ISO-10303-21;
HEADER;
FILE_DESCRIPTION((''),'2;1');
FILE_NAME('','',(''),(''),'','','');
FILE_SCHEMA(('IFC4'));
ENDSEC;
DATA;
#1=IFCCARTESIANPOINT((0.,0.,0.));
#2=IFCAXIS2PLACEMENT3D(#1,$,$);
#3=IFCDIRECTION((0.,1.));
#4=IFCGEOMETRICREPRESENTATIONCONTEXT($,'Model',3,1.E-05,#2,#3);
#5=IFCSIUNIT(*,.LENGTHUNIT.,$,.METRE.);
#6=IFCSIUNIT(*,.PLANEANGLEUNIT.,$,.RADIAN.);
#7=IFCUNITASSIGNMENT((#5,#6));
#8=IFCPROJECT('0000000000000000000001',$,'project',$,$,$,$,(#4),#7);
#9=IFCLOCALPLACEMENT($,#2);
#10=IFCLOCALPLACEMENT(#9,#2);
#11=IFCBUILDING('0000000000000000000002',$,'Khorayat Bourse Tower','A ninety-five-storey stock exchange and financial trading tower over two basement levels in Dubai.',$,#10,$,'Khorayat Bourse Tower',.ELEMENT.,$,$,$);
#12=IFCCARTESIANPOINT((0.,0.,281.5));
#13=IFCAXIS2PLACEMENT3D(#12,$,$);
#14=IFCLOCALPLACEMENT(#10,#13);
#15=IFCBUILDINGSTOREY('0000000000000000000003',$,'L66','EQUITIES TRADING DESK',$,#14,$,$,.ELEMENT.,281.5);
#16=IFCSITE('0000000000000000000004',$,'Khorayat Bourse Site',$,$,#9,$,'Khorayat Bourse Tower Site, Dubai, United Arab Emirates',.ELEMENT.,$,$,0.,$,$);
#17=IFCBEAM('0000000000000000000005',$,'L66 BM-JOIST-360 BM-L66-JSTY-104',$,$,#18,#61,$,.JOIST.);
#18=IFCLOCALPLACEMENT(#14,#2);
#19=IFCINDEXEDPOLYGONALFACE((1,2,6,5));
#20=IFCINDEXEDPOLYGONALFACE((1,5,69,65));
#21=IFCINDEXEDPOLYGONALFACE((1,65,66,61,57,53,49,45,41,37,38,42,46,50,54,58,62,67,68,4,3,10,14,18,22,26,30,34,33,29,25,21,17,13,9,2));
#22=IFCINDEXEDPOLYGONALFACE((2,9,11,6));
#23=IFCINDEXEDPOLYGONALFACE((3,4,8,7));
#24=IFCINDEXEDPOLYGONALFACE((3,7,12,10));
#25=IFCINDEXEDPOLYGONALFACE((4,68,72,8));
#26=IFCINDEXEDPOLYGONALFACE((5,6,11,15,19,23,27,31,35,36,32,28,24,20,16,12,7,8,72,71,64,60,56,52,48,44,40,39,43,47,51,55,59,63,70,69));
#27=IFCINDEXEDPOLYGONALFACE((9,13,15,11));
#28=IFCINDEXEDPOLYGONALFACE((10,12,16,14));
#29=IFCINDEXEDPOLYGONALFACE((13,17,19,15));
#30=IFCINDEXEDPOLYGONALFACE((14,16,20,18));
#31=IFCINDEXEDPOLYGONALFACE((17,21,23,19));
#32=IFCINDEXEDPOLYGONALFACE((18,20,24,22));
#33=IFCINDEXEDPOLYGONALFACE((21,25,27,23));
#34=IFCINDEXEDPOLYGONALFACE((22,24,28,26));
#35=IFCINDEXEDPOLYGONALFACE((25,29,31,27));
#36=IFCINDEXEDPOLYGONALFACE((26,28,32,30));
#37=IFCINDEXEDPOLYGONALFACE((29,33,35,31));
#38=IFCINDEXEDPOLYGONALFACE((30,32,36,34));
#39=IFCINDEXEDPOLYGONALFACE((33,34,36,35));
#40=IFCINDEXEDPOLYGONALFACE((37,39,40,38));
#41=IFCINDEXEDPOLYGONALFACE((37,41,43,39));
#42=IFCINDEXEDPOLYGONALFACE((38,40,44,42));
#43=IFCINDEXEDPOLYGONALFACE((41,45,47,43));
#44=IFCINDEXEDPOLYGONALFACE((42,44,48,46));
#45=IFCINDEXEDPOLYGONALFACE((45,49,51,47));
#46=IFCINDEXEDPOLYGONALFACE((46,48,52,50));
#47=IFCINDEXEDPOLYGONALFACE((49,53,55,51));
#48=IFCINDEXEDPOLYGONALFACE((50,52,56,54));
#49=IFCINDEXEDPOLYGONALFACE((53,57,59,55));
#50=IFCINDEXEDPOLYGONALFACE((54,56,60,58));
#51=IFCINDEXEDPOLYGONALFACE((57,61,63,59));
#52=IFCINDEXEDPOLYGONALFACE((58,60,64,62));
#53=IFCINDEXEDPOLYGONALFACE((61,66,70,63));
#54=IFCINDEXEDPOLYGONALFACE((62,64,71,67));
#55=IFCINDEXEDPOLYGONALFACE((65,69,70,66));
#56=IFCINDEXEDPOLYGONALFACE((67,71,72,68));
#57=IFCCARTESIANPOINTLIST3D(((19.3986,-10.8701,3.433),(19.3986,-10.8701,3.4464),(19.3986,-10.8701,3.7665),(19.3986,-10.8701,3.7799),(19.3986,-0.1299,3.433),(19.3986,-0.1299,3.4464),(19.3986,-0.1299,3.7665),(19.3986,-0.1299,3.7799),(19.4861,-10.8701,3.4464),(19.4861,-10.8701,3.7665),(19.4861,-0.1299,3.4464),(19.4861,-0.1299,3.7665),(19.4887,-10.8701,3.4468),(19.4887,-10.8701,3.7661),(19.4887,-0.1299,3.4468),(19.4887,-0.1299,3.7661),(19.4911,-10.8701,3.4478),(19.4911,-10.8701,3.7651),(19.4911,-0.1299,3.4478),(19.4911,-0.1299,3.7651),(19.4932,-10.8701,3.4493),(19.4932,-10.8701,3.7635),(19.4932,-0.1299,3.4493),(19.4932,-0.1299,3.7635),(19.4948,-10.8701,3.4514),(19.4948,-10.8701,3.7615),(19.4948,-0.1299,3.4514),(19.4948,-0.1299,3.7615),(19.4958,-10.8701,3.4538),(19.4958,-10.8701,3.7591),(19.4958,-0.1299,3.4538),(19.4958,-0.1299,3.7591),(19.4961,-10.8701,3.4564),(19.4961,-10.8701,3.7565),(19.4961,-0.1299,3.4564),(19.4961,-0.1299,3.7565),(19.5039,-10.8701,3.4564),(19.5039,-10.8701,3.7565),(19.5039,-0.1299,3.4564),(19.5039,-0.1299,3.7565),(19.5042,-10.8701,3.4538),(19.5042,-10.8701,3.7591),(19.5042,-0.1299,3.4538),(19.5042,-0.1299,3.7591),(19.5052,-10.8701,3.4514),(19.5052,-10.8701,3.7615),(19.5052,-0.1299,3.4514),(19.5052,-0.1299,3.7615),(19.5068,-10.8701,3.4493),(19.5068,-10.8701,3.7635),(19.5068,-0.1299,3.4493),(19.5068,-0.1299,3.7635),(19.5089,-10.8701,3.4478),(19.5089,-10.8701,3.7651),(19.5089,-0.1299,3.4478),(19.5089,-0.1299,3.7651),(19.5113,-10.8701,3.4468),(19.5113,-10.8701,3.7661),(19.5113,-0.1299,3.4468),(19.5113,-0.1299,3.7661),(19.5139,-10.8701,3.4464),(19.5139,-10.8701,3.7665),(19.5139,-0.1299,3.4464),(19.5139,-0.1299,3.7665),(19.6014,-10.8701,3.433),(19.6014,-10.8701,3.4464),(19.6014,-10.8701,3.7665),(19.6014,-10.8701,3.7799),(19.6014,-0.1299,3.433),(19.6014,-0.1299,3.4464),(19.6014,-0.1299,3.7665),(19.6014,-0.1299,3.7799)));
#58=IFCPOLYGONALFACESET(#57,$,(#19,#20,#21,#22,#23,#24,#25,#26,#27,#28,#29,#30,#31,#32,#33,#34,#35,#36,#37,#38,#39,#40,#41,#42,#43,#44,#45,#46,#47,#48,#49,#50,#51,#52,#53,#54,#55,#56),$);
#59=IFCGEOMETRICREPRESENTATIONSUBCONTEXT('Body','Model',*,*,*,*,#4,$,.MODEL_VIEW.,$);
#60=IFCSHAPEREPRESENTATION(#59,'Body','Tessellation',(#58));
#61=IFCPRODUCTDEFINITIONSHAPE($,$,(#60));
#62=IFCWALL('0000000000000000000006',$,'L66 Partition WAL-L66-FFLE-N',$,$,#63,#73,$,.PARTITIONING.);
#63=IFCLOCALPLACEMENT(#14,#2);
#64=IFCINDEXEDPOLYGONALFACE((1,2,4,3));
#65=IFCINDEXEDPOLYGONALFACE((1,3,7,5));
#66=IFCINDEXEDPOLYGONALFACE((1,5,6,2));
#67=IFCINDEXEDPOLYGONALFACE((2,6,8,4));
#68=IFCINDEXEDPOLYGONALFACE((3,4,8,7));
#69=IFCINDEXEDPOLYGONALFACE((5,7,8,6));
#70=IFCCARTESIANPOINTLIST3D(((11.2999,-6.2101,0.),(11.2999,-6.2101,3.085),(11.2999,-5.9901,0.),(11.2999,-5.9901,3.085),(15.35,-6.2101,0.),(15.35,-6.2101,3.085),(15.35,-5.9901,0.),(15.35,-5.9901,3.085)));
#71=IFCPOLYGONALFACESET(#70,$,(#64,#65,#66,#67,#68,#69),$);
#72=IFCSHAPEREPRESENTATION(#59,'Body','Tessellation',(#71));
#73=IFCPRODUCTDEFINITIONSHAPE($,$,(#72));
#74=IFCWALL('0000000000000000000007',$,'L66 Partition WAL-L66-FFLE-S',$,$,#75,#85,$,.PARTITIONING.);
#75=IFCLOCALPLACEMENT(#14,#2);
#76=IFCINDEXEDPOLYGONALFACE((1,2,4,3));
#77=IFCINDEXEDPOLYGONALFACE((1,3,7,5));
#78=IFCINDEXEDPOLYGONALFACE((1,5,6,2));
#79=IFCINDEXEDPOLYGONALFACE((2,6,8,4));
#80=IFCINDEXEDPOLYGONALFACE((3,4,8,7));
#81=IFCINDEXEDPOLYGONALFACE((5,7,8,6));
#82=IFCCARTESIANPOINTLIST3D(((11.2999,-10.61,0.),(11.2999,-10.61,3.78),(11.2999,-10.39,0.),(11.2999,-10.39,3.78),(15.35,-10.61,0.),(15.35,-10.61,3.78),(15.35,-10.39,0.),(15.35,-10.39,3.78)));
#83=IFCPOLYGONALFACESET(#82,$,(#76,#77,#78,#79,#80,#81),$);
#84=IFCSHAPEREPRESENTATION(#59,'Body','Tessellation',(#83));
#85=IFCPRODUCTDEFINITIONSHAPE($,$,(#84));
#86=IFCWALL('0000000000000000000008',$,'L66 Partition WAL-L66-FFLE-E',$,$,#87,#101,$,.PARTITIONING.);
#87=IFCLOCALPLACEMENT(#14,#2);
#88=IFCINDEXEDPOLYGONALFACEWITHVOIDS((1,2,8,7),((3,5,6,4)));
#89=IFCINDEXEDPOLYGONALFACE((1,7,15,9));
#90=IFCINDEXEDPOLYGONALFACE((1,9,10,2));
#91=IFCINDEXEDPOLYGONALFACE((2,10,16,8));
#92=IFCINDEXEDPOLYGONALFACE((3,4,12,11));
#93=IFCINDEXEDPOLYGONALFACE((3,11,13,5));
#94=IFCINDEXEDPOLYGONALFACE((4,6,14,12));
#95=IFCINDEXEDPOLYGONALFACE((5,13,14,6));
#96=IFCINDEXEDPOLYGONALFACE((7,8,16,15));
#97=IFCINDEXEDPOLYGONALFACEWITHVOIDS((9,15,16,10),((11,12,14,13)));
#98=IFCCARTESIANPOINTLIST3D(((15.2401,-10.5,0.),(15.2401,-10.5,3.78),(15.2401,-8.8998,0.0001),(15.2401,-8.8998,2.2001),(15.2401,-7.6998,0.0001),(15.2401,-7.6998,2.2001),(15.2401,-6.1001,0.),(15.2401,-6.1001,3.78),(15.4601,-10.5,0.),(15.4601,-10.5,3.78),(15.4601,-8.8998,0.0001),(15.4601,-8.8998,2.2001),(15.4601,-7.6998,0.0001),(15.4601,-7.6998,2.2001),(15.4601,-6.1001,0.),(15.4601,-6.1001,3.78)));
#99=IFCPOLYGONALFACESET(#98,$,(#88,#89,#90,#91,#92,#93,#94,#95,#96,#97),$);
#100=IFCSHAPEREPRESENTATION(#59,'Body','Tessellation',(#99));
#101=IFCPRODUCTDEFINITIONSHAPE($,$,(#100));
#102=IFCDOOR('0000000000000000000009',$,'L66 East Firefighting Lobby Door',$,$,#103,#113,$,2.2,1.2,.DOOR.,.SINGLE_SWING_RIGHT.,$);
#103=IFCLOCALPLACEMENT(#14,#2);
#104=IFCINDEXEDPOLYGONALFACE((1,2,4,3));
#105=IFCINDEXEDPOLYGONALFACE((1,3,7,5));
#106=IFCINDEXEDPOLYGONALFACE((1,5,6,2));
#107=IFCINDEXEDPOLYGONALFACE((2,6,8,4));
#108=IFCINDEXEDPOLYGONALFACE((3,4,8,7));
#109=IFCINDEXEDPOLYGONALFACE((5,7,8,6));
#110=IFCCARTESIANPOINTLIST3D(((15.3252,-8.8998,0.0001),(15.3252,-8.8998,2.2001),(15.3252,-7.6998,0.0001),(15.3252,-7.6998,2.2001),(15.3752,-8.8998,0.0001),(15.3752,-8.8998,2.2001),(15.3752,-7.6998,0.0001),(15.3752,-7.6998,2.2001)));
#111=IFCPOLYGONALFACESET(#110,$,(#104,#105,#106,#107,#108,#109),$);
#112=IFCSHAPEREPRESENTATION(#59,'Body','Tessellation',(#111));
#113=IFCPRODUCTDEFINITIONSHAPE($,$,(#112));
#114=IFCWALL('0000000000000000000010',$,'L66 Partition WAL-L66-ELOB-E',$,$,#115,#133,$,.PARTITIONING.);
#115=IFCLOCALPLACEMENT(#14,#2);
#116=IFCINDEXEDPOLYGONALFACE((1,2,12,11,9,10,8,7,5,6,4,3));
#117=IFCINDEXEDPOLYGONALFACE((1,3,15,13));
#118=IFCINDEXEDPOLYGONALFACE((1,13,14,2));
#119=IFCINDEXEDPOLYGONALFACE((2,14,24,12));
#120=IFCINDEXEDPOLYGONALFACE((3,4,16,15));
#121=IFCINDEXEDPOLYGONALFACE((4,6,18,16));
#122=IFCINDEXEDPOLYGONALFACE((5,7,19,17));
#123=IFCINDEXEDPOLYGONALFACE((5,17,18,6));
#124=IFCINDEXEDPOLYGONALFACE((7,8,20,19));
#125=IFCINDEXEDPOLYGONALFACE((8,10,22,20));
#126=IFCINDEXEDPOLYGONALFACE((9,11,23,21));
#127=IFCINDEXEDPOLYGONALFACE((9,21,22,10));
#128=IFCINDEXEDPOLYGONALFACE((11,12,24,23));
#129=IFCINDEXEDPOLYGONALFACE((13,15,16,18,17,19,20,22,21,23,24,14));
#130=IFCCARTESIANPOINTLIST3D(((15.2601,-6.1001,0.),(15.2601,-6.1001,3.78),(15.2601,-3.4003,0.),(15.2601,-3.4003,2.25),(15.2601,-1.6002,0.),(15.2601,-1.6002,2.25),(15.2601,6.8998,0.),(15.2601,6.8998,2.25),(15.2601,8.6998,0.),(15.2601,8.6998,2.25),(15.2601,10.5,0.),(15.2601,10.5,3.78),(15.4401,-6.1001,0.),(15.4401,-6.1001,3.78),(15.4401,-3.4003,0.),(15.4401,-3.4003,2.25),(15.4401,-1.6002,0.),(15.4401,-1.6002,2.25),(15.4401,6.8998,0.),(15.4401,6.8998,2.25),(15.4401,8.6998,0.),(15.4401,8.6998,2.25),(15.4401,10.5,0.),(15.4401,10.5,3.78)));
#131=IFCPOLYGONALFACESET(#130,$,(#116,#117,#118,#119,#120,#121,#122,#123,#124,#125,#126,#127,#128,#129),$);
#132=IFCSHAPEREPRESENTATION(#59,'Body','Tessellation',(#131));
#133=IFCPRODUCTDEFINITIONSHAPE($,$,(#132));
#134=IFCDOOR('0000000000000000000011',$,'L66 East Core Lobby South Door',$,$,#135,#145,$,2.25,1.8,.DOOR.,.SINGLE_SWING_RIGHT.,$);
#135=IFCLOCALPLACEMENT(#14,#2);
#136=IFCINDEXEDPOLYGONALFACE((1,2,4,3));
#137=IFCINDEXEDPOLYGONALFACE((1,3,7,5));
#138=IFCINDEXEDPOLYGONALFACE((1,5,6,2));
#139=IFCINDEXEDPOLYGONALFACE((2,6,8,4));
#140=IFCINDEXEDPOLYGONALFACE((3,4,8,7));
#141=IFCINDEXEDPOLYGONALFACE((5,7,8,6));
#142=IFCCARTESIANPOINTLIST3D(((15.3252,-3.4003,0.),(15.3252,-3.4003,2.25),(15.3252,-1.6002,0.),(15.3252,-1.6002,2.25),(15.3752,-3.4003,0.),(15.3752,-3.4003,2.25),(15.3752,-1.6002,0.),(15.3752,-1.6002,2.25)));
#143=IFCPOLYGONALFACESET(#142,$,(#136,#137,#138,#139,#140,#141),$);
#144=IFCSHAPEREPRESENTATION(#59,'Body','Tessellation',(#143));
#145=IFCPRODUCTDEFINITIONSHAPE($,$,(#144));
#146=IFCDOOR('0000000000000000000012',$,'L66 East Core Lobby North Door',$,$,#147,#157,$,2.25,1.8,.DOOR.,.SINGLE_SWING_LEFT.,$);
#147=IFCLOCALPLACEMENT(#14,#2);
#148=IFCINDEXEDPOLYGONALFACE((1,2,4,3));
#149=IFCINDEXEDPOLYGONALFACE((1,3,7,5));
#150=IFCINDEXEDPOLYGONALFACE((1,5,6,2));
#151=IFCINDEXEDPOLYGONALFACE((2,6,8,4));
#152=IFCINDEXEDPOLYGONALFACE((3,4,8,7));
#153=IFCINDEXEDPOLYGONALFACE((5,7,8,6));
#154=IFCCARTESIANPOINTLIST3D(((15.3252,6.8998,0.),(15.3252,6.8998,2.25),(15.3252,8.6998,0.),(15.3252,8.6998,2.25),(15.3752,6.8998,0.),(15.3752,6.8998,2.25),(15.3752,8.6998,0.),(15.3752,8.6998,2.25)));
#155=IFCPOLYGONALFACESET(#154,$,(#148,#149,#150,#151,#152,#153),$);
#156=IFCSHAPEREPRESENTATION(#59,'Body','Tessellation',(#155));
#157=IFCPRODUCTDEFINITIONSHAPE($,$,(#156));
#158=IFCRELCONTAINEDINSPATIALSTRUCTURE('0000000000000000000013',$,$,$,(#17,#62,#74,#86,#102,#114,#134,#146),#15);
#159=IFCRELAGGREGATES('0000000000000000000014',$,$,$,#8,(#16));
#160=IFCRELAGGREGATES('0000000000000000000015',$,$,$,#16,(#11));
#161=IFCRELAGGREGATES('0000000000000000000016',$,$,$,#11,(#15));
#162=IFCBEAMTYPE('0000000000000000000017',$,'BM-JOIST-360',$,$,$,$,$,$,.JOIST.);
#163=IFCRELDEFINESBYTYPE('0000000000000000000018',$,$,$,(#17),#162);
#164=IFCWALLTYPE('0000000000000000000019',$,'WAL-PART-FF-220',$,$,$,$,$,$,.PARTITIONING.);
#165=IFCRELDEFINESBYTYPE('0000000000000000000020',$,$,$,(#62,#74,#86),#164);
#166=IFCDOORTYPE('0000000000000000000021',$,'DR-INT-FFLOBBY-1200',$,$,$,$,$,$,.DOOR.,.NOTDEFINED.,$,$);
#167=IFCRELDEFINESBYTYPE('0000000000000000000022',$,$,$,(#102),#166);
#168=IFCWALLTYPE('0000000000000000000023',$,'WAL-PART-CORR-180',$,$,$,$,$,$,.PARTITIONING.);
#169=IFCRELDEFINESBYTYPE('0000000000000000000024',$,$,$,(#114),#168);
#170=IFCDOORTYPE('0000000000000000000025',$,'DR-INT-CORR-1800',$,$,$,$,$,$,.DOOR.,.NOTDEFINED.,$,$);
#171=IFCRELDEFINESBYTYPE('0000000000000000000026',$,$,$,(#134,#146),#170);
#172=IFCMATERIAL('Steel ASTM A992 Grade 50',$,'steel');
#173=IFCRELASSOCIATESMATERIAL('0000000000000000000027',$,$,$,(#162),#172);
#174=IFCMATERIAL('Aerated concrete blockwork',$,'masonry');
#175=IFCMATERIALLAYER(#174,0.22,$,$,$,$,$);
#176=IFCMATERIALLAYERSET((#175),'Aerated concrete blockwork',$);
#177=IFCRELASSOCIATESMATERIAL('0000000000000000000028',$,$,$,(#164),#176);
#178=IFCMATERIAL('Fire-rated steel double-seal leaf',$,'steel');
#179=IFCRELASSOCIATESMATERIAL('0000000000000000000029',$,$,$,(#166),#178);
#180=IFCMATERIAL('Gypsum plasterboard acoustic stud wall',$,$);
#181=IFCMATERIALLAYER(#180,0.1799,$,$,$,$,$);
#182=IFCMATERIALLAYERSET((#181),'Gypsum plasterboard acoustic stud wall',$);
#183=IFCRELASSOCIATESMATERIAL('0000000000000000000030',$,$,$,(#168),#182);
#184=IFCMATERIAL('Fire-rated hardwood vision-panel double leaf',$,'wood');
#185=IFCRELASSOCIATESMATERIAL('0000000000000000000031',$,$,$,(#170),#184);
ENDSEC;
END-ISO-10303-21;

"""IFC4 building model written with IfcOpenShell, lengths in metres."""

from ifc_helpers import new_model, si_unit, direction, frame, frame_2d, origin, origin_2d, place, context, subcontext, project, spatial, rectangle, i_section, extrude, source, transform, mapped, material, layer, layer_set, material_profile, profile_set, type_object, element, fill, save


model = new_model("IFC4")

# Units and contexts
model_context = context("Model", 3, precision=1e-05, world=origin(), true_north=direction((0.0, 1.0)))
body_context = subcontext(model_context, "Body", "Model", "MODEL_VIEW")
ifc_project = project(units=[si_unit("LENGTHUNIT", "METRE"), si_unit("PLANEANGLEUNIT", "RADIAN")], contexts=[model_context])

# Site, building, storey
site_placement = place(None, origin())
site = spatial("IfcSite", under=ifc_project, at=site_placement, Name="Khorayat Bourse Site", LongName="Khorayat Bourse Tower Site, Dubai, United Arab Emirates", CompositionType="ELEMENT", RefElevation=0.0)
building_placement = place(site_placement, origin())
building = spatial("IfcBuilding", under=site, at=building_placement, Name="Khorayat Bourse Tower", Description="A ninety-five-storey stock exchange and financial trading tower over two basement levels in Dubai.", LongName="Khorayat Bourse Tower", CompositionType="ELEMENT")
storey_placement = place(building_placement, frame((0.0, 0.0, 281.5)))
storey = spatial("IfcBuildingStorey", under=building, at=storey_placement, Name="L66", Description="EQUITIES TRADING DESK", CompositionType="ELEMENT", Elevation=281.5)

# Beam
ifc_material_1 = material(Name="Steel ASTM A992 Grade 50", Category="steel")
ifc_material_profile_1 = material_profile(ifc_material_1, i_section(OverallWidth=0.2029, OverallDepth=0.3469, WebThickness=0.0078, FlangeThickness=0.0134, FilletRadius=0.01, at=origin_2d()), Name="W360X64")
ifc_profile_set_1 = profile_set([ifc_material_profile_1], Name="Steel ASTM A992 Grade 50")
beam_type_1 = type_object("IfcBeamType", Name="BM-JOIST-360", PredefinedType="JOIST", material=ifc_profile_set_1)
shared_shape_1 = source(origin(), body_context, "Body", "SweptSolid", [
    extrude(i_section(OverallWidth=0.2029, OverallDepth=0.3469, WebThickness=0.0078, FlangeThickness=0.0134, FilletRadius=0.01, at=origin_2d()), origin(), (0.0, 0.0, 1.0), 10.7402),
])
beam_1_placement = place(storey_placement, frame((19.5, -10.8701, 3.6064), z_axis=(0.0, 1.0, 0.0), x_axis=(-1.0, 0.0, 0.0)))
element("IfcBeam", 1, at=beam_1_placement, inside=storey, type_object=beam_type_1, Name="L66 BM-JOIST-360 BM-L66-JSTY-104", PredefinedType="JOIST", context=body_context, shape_type="MappedRepresentation", body=[
    mapped(shared_shape_1, transform((0.0, 0.0, 0.0), scale=1.0)),
])

# Walls
ifc_material_2 = material(Name="Aerated concrete blockwork", Category="masonry")
ifc_layer_1 = layer(ifc_material_2, 0.22)
ifc_layer_set_1 = layer_set([ifc_layer_1], Name="Aerated concrete blockwork")
wall_type_1 = type_object("IfcWallType", Name="WAL-PART-FF-220", PredefinedType="PARTITIONING", material=ifc_layer_set_1)
shared_shape_2 = source(origin(), body_context, "Body", "SweptSolid", [
    extrude(rectangle(XDim=4.05, YDim=0.22, at=frame_2d((2.0249, 0.0))), origin(), (0.0, 0.0, 1.0), 3.085),
])
wall_1_placement = place(storey_placement, frame((11.3, -6.1001, 0.0), z_axis=(0.0, 0.0, 1.0), x_axis=(1.0, 0.0, 0.0)))
element("IfcWall", 2, at=wall_1_placement, inside=storey, type_object=wall_type_1, Name="L66 Partition WAL-L66-FFLE-N", PredefinedType="PARTITIONING", context=body_context, shape_type="MappedRepresentation", body=[
    mapped(shared_shape_2, transform((0.0, 0.0, 0.0), scale=1.0)),
])
shared_shape_3 = source(origin(), body_context, "Body", "SweptSolid", [
    extrude(rectangle(XDim=4.05, YDim=0.22, at=frame_2d((2.0249, 0.0))), origin(), (0.0, 0.0, 1.0), 3.78),
])
wall_2_placement = place(storey_placement, frame((11.3, -10.5, 0.0), z_axis=(0.0, 0.0, 1.0), x_axis=(1.0, 0.0, 0.0)))
element("IfcWall", 3, at=wall_2_placement, inside=storey, type_object=wall_type_1, Name="L66 Partition WAL-L66-FFLE-S", PredefinedType="PARTITIONING", context=body_context, shape_type="MappedRepresentation", body=[
    mapped(shared_shape_3, transform((0.0, 0.0, 0.0), scale=1.0)),
])

# Wall, opening, door
shared_shape_4 = source(origin(), body_context, "Body", "SweptSolid", [
    extrude(rectangle(XDim=4.3999, YDim=0.22, at=frame_2d((2.2, 0.0))), origin(), (0.0, 0.0, 1.0), 3.78),
])
wall_3_placement = place(storey_placement, frame((15.3501, -10.5, 0.0), z_axis=(0.0, 0.0, 1.0), x_axis=(0.0, 1.0, 0.0)))
wall_3 = element("IfcWall", 4, at=wall_3_placement, inside=storey, type_object=wall_type_1, Name="L66 Partition WAL-L66-FFLE-E", PredefinedType="PARTITIONING", context=body_context, shape_type="MappedRepresentation", body=[
    mapped(shared_shape_4, transform((0.0, 0.0, 0.0), scale=1.0)),
])
shared_shape_5 = source(origin(), body_context, "Body", "SweptSolid", [
    extrude(rectangle(XDim=1.2, YDim=2.2, at=frame_2d((0.6001, 1.1001))), frame((0.0, 0.1199, 0.0), z_axis=(0.0, -1.0, 0.0), x_axis=(1.0, 0.0, 0.0)), (0.0, 0.0, 1.0), 0.24),
])
opening_1_placement = place(wall_3_placement, frame((1.6001, 0.0, 0.0)))
opening_1 = element("IfcOpeningElement", 5, at=opening_1_placement, cuts=wall_3, PredefinedType="OPENING", context=body_context, shape_type="MappedRepresentation", body=[
    mapped(shared_shape_5, transform((0.0, 0.0, 0.0), scale=1.0)),
])
ifc_material_3 = material(Name="Fire-rated steel double-seal leaf", Category="steel")
door_type_1 = type_object("IfcDoorType", Name="DR-INT-FFLOBBY-1200", OperationType="NOTDEFINED", PredefinedType="DOOR", material=ifc_material_3)
shared_shape_6 = source(origin(), body_context, "Body", "SweptSolid", [
    extrude(rectangle(XDim=1.2, YDim=2.2, at=frame_2d((0.6001, 1.1001))), frame((0.0, 0.0249, 0.0), z_axis=(0.0, -1.0, 0.0), x_axis=(1.0, 0.0, 0.0)), (0.0, 0.0, 1.0), 0.05),
])
door_1_placement = place(opening_1_placement, origin())
door_1 = element("IfcDoor", 6, at=door_1_placement, inside=storey, type_object=door_type_1, Name="L66 East Firefighting Lobby Door", OperationType="SINGLE_SWING_RIGHT", OverallHeight=2.2, OverallWidth=1.2, PredefinedType="DOOR", context=body_context, shape_type="MappedRepresentation", body=[
    mapped(shared_shape_6, transform((0.0, 0.0, 0.0), scale=1.0)),
])
fill(opening_1, door_1)

# Wall, openings, doors
ifc_material_4 = material(Name="Gypsum plasterboard acoustic stud wall")
ifc_layer_2 = layer(ifc_material_4, 0.1799)
ifc_layer_set_2 = layer_set([ifc_layer_2], Name="Gypsum plasterboard acoustic stud wall")
wall_type_2 = type_object("IfcWallType", Name="WAL-PART-CORR-180", PredefinedType="PARTITIONING", material=ifc_layer_set_2)
shared_shape_7 = source(origin(), body_context, "Body", "SweptSolid", [
    extrude(rectangle(XDim=16.6001, YDim=0.1799, at=frame_2d((8.3, 0.0))), origin(), (0.0, 0.0, 1.0), 3.78),
])
wall_4_placement = place(storey_placement, frame((15.3501, -6.1001, 0.0), z_axis=(0.0, 0.0, 1.0), x_axis=(0.0, 1.0, 0.0)))
wall_4 = element("IfcWall", 7, at=wall_4_placement, inside=storey, type_object=wall_type_2, Name="L66 Partition WAL-L66-ELOB-E", PredefinedType="PARTITIONING", context=body_context, shape_type="MappedRepresentation", body=[
    mapped(shared_shape_7, transform((0.0, 0.0, 0.0), scale=1.0)),
])
shared_shape_8 = source(origin(), body_context, "Body", "SweptSolid", [
    extrude(rectangle(XDim=1.8, YDim=2.25, at=frame_2d((0.8999, 1.125))), frame((0.0, 0.0999, 0.0), z_axis=(0.0, -1.0, 0.0), x_axis=(1.0, 0.0, 0.0)), (0.0, 0.0, 1.0), 0.2),
])
opening_2_placement = place(wall_4_placement, frame((2.7, 0.0, 0.0)))
opening_2 = element("IfcOpeningElement", 8, at=opening_2_placement, cuts=wall_4, PredefinedType="OPENING", context=body_context, shape_type="MappedRepresentation", body=[
    mapped(shared_shape_8, transform((0.0, 0.0, 0.0), scale=1.0)),
])
opening_3_placement = place(wall_4_placement, frame((13.0, 0.0, 0.0)))
opening_3 = element("IfcOpeningElement", 9, at=opening_3_placement, cuts=wall_4, PredefinedType="OPENING", context=body_context, shape_type="MappedRepresentation", body=[
    mapped(shared_shape_8, transform((0.0, 0.0, 0.0), scale=1.0)),
])
ifc_material_5 = material(Name="Fire-rated hardwood vision-panel double leaf", Category="wood")
door_type_2 = type_object("IfcDoorType", Name="DR-INT-CORR-1800", OperationType="NOTDEFINED", PredefinedType="DOOR", material=ifc_material_5)
shared_shape_9 = source(origin(), body_context, "Body", "SweptSolid", [
    extrude(rectangle(XDim=1.8, YDim=2.25, at=frame_2d((0.8999, 1.125))), frame((0.0, 0.0249, 0.0), z_axis=(0.0, -1.0, 0.0), x_axis=(1.0, 0.0, 0.0)), (0.0, 0.0, 1.0), 0.05),
])
door_2_placement = place(opening_2_placement, origin())
door_2 = element("IfcDoor", 10, at=door_2_placement, inside=storey, type_object=door_type_2, Name="L66 East Core Lobby South Door", OperationType="SINGLE_SWING_RIGHT", OverallHeight=2.25, OverallWidth=1.8, PredefinedType="DOOR", context=body_context, shape_type="MappedRepresentation", body=[
    mapped(shared_shape_9, transform((0.0, 0.0, 0.0), scale=1.0)),
])
fill(opening_2, door_2)
door_3_placement = place(opening_3_placement, origin())
door_3 = element("IfcDoor", 11, at=door_3_placement, inside=storey, type_object=door_type_2, Name="L66 East Core Lobby North Door", OperationType="SINGLE_SWING_LEFT", OverallHeight=2.25, OverallWidth=1.8, PredefinedType="DOOR", context=body_context, shape_type="MappedRepresentation", body=[
    mapped(shared_shape_9, transform((0.0, 0.0, 0.0), scale=1.0)),
])
fill(opening_3, door_3)

save(model, "model.ifc")
